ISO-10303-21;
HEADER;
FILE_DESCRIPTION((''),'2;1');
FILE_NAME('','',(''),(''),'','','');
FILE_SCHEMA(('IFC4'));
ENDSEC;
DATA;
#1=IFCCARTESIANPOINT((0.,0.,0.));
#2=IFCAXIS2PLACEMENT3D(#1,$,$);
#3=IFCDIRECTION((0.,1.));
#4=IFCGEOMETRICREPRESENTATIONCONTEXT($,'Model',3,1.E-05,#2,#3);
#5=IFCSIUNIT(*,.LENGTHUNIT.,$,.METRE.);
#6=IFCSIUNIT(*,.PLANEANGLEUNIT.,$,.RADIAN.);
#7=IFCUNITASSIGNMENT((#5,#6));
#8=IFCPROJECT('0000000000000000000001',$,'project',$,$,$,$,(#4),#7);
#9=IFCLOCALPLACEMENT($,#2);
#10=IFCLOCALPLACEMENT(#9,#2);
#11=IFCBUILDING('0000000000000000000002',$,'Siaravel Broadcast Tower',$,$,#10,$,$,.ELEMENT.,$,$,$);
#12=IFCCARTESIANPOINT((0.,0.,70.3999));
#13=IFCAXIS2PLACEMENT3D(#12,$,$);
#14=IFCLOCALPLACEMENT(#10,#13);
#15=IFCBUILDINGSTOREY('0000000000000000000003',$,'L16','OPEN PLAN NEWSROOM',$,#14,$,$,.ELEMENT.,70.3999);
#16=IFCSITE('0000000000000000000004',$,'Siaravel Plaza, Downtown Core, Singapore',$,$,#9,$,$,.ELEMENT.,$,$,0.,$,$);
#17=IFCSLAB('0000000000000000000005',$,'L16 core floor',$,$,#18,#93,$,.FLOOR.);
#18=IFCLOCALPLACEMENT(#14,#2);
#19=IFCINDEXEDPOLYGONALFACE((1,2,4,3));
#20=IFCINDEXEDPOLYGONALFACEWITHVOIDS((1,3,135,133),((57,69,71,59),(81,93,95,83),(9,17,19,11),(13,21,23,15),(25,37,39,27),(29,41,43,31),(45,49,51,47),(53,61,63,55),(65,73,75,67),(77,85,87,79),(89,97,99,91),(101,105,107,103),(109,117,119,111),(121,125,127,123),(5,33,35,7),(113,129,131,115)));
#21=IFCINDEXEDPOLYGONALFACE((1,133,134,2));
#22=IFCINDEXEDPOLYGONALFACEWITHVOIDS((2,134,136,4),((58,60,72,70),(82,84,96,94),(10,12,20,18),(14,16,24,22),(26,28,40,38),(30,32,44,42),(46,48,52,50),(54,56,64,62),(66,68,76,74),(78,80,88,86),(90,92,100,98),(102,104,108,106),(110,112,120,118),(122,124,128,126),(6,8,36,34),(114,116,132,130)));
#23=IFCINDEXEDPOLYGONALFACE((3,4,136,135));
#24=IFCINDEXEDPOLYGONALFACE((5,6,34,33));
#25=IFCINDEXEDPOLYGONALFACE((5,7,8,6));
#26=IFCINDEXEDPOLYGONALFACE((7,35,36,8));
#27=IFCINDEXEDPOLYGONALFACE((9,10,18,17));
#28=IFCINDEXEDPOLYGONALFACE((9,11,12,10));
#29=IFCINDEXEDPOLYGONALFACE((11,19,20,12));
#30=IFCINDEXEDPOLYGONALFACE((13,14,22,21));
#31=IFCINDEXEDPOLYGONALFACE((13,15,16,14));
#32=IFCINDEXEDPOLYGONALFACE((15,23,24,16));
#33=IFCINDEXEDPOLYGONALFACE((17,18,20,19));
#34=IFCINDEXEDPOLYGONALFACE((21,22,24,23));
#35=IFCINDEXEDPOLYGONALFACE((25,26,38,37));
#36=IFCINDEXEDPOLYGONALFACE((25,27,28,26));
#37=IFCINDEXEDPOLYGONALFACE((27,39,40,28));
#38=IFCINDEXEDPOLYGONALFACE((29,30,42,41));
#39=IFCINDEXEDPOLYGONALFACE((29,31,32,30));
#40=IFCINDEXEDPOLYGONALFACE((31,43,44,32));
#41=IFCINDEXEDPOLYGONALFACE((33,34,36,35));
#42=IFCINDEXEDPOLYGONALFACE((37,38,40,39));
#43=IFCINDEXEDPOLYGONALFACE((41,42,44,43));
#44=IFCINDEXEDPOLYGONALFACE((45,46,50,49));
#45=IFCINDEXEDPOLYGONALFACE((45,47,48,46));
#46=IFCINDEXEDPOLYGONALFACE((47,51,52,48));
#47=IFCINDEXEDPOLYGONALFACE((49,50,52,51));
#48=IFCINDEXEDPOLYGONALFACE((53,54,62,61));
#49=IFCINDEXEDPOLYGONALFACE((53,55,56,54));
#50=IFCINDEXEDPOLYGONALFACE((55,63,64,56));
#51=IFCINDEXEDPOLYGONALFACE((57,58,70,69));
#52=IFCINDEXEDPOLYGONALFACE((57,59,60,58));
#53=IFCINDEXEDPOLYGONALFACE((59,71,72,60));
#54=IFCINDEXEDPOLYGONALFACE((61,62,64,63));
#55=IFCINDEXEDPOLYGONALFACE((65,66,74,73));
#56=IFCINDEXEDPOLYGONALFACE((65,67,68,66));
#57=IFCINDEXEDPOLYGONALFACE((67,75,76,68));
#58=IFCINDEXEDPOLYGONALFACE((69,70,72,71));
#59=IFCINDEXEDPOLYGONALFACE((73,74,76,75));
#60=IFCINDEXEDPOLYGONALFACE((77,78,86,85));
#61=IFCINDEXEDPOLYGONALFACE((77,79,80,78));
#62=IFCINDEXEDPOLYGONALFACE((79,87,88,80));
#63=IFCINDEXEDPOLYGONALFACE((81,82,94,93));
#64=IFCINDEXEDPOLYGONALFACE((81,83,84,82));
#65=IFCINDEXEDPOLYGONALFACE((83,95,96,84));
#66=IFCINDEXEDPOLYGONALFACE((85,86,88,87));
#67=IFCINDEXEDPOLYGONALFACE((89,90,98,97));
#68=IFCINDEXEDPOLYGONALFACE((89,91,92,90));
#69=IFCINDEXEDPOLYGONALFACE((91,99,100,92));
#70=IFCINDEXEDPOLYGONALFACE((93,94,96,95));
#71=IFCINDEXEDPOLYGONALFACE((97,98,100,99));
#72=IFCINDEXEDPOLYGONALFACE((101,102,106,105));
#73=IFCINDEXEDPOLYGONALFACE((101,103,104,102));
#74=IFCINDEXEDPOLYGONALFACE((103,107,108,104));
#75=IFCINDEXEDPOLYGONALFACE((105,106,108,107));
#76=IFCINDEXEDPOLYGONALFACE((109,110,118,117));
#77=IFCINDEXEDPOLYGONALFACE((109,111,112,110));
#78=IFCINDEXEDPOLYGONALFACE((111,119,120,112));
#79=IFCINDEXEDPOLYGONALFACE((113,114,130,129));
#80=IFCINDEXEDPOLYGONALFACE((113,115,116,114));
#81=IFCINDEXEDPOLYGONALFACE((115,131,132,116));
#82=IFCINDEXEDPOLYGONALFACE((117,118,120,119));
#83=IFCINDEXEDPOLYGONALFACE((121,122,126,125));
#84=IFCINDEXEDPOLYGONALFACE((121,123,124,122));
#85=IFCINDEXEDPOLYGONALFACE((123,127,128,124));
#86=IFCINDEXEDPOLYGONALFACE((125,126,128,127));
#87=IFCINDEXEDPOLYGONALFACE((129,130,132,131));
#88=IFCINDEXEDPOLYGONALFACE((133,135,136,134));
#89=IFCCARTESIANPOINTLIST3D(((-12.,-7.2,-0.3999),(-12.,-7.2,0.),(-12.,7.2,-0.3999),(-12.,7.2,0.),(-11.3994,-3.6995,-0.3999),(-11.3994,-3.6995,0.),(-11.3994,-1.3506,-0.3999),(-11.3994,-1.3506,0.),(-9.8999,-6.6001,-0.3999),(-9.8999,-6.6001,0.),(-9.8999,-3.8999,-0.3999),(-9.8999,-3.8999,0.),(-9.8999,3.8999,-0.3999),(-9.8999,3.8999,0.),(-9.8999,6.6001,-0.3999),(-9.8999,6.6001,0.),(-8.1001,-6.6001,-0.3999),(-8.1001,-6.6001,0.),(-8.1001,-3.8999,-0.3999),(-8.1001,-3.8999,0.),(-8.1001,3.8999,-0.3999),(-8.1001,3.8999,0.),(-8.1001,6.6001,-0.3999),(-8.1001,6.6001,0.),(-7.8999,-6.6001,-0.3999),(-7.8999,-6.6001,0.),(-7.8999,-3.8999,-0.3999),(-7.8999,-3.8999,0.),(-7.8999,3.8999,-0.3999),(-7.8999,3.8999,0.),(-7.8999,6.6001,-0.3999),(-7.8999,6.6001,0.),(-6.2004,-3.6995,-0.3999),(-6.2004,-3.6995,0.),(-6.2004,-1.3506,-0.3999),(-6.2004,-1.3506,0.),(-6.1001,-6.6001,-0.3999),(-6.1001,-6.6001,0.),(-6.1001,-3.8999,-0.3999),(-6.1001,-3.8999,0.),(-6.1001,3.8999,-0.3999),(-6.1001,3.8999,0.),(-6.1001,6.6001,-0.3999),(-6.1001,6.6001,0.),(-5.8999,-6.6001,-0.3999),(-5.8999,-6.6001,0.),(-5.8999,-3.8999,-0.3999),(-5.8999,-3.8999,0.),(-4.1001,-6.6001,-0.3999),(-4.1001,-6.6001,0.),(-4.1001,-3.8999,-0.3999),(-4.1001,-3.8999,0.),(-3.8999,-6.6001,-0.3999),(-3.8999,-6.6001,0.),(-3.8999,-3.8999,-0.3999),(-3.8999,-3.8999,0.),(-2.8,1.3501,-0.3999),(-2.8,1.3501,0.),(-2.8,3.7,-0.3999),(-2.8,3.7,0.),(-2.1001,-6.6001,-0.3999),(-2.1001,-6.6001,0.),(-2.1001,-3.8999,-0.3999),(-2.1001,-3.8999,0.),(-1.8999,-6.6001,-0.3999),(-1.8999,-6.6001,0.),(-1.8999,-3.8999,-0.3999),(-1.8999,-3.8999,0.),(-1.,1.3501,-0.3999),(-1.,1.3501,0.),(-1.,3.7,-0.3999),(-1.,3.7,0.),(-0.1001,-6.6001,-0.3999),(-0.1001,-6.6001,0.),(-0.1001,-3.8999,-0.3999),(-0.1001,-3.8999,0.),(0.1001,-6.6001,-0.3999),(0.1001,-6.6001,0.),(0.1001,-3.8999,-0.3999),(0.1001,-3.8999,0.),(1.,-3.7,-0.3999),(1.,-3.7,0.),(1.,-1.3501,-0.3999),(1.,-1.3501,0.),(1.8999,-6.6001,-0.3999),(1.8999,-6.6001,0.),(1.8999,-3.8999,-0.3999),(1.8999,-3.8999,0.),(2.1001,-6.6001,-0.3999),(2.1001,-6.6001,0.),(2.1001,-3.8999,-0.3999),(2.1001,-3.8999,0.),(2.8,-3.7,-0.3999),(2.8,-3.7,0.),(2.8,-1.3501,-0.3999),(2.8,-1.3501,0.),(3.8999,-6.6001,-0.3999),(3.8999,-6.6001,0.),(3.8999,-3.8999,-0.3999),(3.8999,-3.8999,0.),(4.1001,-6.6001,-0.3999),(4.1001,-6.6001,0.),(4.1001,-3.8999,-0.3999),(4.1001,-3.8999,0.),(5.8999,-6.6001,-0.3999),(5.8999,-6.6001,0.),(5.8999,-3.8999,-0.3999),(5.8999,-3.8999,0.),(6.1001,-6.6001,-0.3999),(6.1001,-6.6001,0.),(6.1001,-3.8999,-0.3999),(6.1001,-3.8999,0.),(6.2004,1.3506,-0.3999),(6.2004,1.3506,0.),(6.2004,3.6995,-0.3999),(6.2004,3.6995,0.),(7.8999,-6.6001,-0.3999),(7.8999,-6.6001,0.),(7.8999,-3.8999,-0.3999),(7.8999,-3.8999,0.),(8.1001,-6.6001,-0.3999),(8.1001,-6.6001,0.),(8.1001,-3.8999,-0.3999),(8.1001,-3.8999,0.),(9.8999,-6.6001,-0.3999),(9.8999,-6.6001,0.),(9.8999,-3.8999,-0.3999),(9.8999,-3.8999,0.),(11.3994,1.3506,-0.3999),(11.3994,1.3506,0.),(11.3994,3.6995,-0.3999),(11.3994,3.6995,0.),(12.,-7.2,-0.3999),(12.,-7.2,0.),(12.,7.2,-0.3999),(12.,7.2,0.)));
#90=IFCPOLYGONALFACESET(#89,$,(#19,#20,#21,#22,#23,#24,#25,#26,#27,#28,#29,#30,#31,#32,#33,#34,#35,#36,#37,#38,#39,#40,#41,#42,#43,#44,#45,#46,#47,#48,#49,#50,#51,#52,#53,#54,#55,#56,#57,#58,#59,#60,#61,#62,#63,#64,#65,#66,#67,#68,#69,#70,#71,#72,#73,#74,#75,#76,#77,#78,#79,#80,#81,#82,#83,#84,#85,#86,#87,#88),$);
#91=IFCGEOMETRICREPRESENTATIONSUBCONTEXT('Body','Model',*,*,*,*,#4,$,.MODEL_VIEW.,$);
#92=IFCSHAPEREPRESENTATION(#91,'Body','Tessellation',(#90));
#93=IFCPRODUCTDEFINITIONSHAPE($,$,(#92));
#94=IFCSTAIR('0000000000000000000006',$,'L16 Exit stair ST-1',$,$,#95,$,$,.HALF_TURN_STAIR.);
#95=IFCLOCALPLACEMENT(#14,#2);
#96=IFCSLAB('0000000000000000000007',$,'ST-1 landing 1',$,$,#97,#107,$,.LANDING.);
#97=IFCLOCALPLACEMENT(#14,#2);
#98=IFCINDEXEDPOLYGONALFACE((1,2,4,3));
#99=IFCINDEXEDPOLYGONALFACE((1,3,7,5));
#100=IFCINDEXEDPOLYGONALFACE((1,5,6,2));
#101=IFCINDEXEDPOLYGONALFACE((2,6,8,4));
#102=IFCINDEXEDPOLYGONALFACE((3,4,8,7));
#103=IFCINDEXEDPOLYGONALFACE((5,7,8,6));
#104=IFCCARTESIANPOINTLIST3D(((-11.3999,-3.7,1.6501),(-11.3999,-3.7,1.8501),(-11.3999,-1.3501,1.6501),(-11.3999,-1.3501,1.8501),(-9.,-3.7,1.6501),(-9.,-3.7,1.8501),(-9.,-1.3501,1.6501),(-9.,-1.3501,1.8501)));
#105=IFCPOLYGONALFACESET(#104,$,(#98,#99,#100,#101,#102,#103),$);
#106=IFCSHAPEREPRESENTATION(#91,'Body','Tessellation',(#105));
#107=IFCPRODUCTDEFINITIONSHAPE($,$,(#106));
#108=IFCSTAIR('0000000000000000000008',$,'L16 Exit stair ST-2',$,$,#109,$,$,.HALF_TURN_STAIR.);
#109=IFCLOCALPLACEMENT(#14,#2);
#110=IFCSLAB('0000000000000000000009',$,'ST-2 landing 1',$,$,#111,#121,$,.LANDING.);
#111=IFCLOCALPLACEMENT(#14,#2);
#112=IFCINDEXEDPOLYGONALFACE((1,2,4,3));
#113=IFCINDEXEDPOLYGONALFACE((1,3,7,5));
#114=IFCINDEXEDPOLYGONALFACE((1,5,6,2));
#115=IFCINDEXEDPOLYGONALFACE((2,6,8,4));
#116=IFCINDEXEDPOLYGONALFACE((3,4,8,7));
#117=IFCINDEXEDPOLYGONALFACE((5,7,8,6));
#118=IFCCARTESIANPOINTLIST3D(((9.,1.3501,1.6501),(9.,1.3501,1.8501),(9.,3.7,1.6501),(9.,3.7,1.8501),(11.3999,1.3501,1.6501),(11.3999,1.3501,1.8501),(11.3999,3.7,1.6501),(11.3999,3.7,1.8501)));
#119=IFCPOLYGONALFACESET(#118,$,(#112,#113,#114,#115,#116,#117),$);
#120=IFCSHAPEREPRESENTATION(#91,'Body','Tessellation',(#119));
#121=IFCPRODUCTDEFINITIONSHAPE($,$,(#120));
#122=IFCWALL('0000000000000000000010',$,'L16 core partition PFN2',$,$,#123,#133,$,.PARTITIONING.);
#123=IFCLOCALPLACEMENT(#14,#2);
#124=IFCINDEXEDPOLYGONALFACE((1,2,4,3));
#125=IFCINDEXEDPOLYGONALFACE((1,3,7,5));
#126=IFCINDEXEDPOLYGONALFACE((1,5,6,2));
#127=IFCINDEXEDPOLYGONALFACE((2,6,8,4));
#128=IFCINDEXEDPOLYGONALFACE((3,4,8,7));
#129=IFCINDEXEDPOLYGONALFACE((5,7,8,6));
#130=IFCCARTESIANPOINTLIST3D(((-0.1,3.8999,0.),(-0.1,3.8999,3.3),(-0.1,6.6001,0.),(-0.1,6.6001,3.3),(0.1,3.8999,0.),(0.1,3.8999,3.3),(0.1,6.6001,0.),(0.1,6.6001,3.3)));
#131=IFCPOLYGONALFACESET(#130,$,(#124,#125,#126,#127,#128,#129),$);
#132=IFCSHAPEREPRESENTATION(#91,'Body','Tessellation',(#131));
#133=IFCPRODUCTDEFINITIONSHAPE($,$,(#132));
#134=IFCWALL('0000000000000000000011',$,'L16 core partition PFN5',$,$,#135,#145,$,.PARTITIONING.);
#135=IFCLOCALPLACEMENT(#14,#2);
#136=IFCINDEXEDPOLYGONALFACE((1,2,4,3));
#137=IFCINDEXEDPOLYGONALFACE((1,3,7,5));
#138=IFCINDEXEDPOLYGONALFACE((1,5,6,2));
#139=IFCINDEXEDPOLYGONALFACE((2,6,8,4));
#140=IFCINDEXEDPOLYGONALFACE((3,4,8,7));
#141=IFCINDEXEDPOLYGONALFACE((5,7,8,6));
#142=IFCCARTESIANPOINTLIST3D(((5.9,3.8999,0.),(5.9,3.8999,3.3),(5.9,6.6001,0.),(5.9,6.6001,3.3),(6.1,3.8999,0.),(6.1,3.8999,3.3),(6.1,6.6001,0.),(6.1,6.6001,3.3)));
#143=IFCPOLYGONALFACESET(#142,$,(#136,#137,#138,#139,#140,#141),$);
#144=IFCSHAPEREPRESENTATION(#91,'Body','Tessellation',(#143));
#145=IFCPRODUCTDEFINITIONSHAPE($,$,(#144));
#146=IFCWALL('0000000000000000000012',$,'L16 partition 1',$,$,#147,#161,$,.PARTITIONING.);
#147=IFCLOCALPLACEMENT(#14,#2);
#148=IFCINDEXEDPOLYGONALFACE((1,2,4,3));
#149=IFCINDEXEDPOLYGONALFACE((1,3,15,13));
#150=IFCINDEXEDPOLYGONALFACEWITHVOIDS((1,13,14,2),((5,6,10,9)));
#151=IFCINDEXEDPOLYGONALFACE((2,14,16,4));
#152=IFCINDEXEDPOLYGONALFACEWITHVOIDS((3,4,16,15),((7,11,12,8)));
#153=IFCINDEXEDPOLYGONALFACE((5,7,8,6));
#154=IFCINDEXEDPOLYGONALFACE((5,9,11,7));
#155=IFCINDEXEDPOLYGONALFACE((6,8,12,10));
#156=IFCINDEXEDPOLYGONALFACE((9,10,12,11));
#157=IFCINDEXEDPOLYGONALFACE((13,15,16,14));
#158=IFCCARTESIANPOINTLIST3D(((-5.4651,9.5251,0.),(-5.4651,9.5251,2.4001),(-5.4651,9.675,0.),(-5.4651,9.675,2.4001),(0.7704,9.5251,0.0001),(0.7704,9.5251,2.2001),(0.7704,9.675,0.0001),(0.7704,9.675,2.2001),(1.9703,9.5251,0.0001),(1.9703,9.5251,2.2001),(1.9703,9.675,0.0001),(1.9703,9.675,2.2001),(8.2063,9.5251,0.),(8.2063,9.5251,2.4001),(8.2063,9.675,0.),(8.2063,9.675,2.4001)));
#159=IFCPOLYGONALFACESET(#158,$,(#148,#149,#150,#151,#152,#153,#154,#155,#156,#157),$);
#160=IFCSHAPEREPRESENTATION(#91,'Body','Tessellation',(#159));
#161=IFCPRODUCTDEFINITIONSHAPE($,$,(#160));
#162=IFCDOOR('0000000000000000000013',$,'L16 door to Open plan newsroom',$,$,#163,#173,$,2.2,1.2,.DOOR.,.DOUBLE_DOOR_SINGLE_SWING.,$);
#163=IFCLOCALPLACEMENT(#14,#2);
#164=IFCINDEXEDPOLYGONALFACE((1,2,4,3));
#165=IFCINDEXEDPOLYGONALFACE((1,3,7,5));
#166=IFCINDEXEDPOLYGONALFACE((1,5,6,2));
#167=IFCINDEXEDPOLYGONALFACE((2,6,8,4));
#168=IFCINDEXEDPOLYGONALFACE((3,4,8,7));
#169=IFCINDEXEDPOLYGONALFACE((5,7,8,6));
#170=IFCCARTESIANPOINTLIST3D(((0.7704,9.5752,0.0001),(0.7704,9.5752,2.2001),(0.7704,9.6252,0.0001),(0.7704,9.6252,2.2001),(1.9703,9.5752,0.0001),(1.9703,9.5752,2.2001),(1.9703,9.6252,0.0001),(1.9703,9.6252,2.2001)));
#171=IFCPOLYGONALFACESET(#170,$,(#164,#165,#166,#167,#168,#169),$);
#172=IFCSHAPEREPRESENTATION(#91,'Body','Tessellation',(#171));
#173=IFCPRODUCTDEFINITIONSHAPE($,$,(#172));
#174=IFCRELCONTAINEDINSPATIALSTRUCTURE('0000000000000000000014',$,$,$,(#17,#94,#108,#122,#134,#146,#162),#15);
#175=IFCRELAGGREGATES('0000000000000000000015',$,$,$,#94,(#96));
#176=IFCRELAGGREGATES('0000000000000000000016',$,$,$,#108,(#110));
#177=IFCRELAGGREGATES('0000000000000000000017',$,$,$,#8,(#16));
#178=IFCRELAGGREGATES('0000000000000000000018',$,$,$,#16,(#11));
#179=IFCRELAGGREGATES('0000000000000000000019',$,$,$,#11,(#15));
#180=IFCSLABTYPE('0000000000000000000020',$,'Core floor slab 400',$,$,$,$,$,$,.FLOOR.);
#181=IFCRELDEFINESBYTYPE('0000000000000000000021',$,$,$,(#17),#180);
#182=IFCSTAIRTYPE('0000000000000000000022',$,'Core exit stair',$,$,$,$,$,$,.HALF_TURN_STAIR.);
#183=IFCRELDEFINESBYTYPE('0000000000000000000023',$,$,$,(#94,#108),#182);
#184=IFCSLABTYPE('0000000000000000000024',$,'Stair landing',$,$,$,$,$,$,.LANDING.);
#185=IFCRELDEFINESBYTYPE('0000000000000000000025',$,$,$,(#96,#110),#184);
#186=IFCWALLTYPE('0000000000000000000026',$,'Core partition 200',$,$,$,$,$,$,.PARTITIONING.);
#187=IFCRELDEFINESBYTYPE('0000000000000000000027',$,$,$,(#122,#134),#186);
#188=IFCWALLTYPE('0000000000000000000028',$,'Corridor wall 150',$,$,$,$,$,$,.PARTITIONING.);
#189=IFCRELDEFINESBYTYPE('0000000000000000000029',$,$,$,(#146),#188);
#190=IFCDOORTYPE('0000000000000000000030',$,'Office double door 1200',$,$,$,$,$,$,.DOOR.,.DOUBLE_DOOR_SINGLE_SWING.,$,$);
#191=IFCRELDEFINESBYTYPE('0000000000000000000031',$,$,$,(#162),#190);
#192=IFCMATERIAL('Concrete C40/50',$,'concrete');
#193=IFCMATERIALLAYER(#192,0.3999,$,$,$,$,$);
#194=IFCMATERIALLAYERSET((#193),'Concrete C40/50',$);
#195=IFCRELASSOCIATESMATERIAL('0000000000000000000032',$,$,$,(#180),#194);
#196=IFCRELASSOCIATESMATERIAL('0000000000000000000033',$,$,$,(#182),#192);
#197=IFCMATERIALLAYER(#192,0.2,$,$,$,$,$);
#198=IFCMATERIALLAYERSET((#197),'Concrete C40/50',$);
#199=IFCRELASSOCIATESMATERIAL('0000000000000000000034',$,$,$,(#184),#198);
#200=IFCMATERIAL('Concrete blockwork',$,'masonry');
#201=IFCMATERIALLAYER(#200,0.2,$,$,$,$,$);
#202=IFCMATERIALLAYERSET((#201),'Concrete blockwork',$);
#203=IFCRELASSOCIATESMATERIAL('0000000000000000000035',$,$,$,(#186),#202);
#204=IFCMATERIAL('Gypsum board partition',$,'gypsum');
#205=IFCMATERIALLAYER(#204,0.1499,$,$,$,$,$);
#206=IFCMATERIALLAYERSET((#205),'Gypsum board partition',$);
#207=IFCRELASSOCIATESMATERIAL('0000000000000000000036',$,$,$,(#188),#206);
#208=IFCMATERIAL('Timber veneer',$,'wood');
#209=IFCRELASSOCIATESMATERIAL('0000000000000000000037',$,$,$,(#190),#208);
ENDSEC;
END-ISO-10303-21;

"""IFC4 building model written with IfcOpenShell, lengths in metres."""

from ifc_helpers import new_model, si_unit, direction, frame, frame_2d, origin, place, context, subcontext, project, spatial, polyline, rectangle, outline, extrude, material, layer, layer_set, type_object, element, fill, aggregate, save


model = new_model("IFC4")

# Units and contexts
model_context = context("Model", 3, precision=1e-05, world=origin(), true_north=direction((0.0, 1.0)))
body_context = subcontext(model_context, "Body", "Model", "MODEL_VIEW")
ifc_project = project(units=[si_unit("LENGTHUNIT", "METRE"), si_unit("PLANEANGLEUNIT", "RADIAN")], contexts=[model_context])

# Site, building, storey
site_placement = place(None, origin())
site = spatial("IfcSite", under=ifc_project, at=site_placement, Name="Siaravel Plaza, Downtown Core, Singapore", CompositionType="ELEMENT", RefElevation=0.0)
building_placement = place(site_placement, origin())
building = spatial("IfcBuilding", under=site, at=building_placement, Name="Siaravel Broadcast Tower", CompositionType="ELEMENT")
storey_placement = place(building_placement, frame((0.0, 0.0, 70.3999)))
storey = spatial("IfcBuildingStorey", under=building, at=storey_placement, Name="L16", Description="OPEN PLAN NEWSROOM", CompositionType="ELEMENT", Elevation=70.3999)

# Slab
ifc_material_1 = material(Name="Concrete C40/50", Category="concrete")
ifc_layer_1 = layer(ifc_material_1, 0.3999)
ifc_layer_set_1 = layer_set([ifc_layer_1], Name="Concrete C40/50")
slab_type_1 = type_object("IfcSlabType", Name="Core floor slab 400", PredefinedType="FLOOR", material=ifc_layer_set_1)
slab_1_placement = place(storey_placement, frame((0.0, 0.0, -0.3999)))
element("IfcSlab", 1, at=slab_1_placement, inside=storey, type_object=slab_type_1, Name="L16 core floor", PredefinedType="FLOOR", context=body_context, shape_type="SweptSolid", body=[
    extrude(outline(polyline([(-12.0, -7.2), (-12.0, 7.2), (12.0, 7.2), (12.0, -7.2), (-12.0, -7.2)]), holes=[polyline([(11.3994, 1.3506), (11.3994, 3.6995), (6.2004, 3.6995), (6.2004, 1.3506), (11.3994, 1.3506)]), polyline([(9.8999, -3.8999), (8.1001, -3.8999), (8.1001, -6.6001), (9.8999, -6.6001), (9.8999, -3.8999)]), polyline([(7.8999, -3.8999), (6.1001, -3.8999), (6.1001, -6.6001), (7.8999, -6.6001), (7.8999, -3.8999)]), polyline([(5.8999, -3.8999), (4.1001, -3.8999), (4.1001, -6.6001), (5.8999, -6.6001), (5.8999, -3.8999)]), polyline([(3.8999, -3.8999), (2.1001, -3.8999), (2.1001, -6.6001), (3.8999, -6.6001), (3.8999, -3.8999)]), polyline([(2.8, -1.3501), (1.0, -1.3501), (1.0, -3.7), (2.8, -3.7), (2.8, -1.3501)]), polyline([(1.8999, -3.8999), (0.1001, -3.8999), (0.1001, -6.6001), (1.8999, -6.6001), (1.8999, -3.8999)]), polyline([(-0.1001, -3.8999), (-1.8999, -3.8999), (-1.8999, -6.6001), (-0.1001, -6.6001), (-0.1001, -3.8999)]), polyline([(-1.0, 3.7), (-2.8, 3.7), (-2.8, 1.3501), (-1.0, 1.3501), (-1.0, 3.7)]), polyline([(-2.1001, -3.8999), (-3.8999, -3.8999), (-3.8999, -6.6001), (-2.1001, -6.6001), (-2.1001, -3.8999)]), polyline([(-4.1001, -3.8999), (-5.8999, -3.8999), (-5.8999, -6.6001), (-4.1001, -6.6001), (-4.1001, -3.8999)]), polyline([(-6.1001, -3.8999), (-7.8999, -3.8999), (-7.8999, -6.6001), (-6.1001, -6.6001), (-6.1001, -3.8999)]), polyline([(-6.1001, 6.6001), (-7.8999, 6.6001), (-7.8999, 3.8999), (-6.1001, 3.8999), (-6.1001, 6.6001)]), polyline([(-11.3994, -1.3506), (-11.3994, -3.6995), (-6.2004, -3.6995), (-6.2004, -1.3506), (-11.3994, -1.3506)]), polyline([(-8.1001, -3.8999), (-9.8999, -3.8999), (-9.8999, -6.6001), (-8.1001, -6.6001), (-8.1001, -3.8999)]), polyline([(-8.1001, 6.6001), (-9.8999, 6.6001), (-9.8999, 3.8999), (-8.1001, 3.8999), (-8.1001, 6.6001)])]), origin(), (0.0, 0.0, 1.0), 0.3999),
])

# Stairs, slabs
stair_type = type_object("IfcStairType", Name="Core exit stair", PredefinedType="HALF_TURN_STAIR", material=ifc_material_1)
stair_1_placement = place(storey_placement, origin())
stair_1 = element("IfcStair", 2, at=stair_1_placement, inside=storey, type_object=stair_type, Name="L16 Exit stair ST-1", PredefinedType="HALF_TURN_STAIR")
ifc_layer_2 = layer(ifc_material_1, 0.2)
ifc_layer_set_2 = layer_set([ifc_layer_2], Name="Concrete C40/50")
slab_type_2 = type_object("IfcSlabType", Name="Stair landing", PredefinedType="LANDING", material=ifc_layer_set_2)
slab_2_placement = place(storey_placement, frame((0.0, 0.0, 1.6501)))
slab_2 = element("IfcSlab", 3, at=slab_2_placement, type_object=slab_type_2, Name="ST-1 landing 1", PredefinedType="LANDING", context=body_context, shape_type="SweptSolid", body=[
    extrude(outline(polyline([(-9.0, -1.3501), (-11.3999, -1.3501), (-11.3999, -3.7), (-9.0, -3.7), (-9.0, -1.3501)])), origin(), (0.0, 0.0, 1.0), 0.2),
])
aggregate(stair_1, [slab_2])
stair_2_placement = place(storey_placement, origin())
stair_2 = element("IfcStair", 4, at=stair_2_placement, inside=storey, type_object=stair_type, Name="L16 Exit stair ST-2", PredefinedType="HALF_TURN_STAIR")
slab_3_placement = place(storey_placement, frame((0.0, 0.0, 1.6501)))
slab_3 = element("IfcSlab", 5, at=slab_3_placement, type_object=slab_type_2, Name="ST-2 landing 1", PredefinedType="LANDING", context=body_context, shape_type="SweptSolid", body=[
    extrude(outline(polyline([(9.0, 1.3501), (11.3999, 1.3501), (11.3999, 3.7), (9.0, 3.7), (9.0, 1.3501)])), origin(), (0.0, 0.0, 1.0), 0.2),
])

# Walls
ifc_material_2 = material(Name="Concrete blockwork", Category="masonry")
ifc_layer_3 = layer(ifc_material_2, 0.2)
ifc_layer_set_3 = layer_set([ifc_layer_3], Name="Concrete blockwork")
wall_type_1 = type_object("IfcWallType", Name="Core partition 200", PredefinedType="PARTITIONING", material=ifc_layer_set_3)
for number, where, z_axis, x_axis, name in (
    (6, (0.0, 3.8999, 0.0), (0.0, 0.0, 1.0), (0.0, 1.0, 0.0), "L16 core partition PFN2"),
    (7, (6.0, 3.8999, 0.0), (0.0, 0.0, 1.0), (0.0, 1.0, 0.0), "L16 core partition PFN5"),
):
    element("IfcWall", number, at=place(storey_placement, frame(where, z_axis=z_axis, x_axis=x_axis)), inside=storey, type_object=wall_type_1, Name=name, PredefinedType="PARTITIONING", context=body_context, shape_type="SweptSolid", body=[
        extrude(rectangle(XDim=2.7002, YDim=0.2, at=frame_2d((1.3501, 0.0))), origin(), (0.0, 0.0, 1.0), 3.3),
    ])

# Wall, opening, door
ifc_material_3 = material(Name="Gypsum board partition", Category="gypsum")
ifc_layer_4 = layer(ifc_material_3, 0.1499)
ifc_layer_set_4 = layer_set([ifc_layer_4], Name="Gypsum board partition")
wall_type_2 = type_object("IfcWallType", Name="Corridor wall 150", PredefinedType="PARTITIONING", material=ifc_layer_set_4)
wall_1_placement = place(storey_placement, frame((8.2063, 9.6001, 0.0), z_axis=(0.0, 0.0, 1.0), x_axis=(-1.0, 0.0, 0.0)))
wall_1 = element("IfcWall", 8, at=wall_1_placement, inside=storey, type_object=wall_type_2, Name="L16 partition 1", PredefinedType="PARTITIONING", context=body_context, shape_type="SweptSolid", body=[
    extrude(rectangle(XDim=13.6714, YDim=0.1499, at=frame_2d((6.8357, 0.0))), origin(), (0.0, 0.0, 1.0), 2.4001),
])
opening_1_placement = place(wall_1_placement, frame((6.2358, 0.0, 0.0)))
opening_1 = element("IfcOpeningElement", 9, at=opening_1_placement, cuts=wall_1, PredefinedType="OPENING", context=body_context, shape_type="SweptSolid", body=[
    extrude(rectangle(XDim=1.2, YDim=2.2, at=frame_2d((0.6001, 1.1001))), frame((0.0, 0.085, 0.0), z_axis=(0.0, -1.0, 0.0), x_axis=(1.0, 0.0, 0.0)), (0.0, 0.0, 1.0), 0.1699),
])
ifc_material_4 = material(Name="Timber veneer", Category="wood")
door_type_1 = type_object("IfcDoorType", Name="Office double door 1200", OperationType="DOUBLE_DOOR_SINGLE_SWING", PredefinedType="DOOR", material=ifc_material_4)
door_1_placement = place(opening_1_placement, origin())
door_1 = element("IfcDoor", 10, at=door_1_placement, inside=storey, type_object=door_type_1, Name="L16 door to Open plan newsroom", OperationType="DOUBLE_DOOR_SINGLE_SWING", OverallHeight=2.2, OverallWidth=1.2, PredefinedType="DOOR", context=body_context, shape_type="SweptSolid", body=[
    extrude(rectangle(XDim=1.2, YDim=2.2, at=frame_2d((0.6001, 1.1001))), frame((0.0, 0.0249, 0.0), z_axis=(0.0, -1.0, 0.0), x_axis=(1.0, 0.0, 0.0)), (0.0, 0.0, 1.0), 0.05),
])
fill(opening_1, door_1)

aggregate(stair_2, [slab_3])

save(model, "model.ifc")
